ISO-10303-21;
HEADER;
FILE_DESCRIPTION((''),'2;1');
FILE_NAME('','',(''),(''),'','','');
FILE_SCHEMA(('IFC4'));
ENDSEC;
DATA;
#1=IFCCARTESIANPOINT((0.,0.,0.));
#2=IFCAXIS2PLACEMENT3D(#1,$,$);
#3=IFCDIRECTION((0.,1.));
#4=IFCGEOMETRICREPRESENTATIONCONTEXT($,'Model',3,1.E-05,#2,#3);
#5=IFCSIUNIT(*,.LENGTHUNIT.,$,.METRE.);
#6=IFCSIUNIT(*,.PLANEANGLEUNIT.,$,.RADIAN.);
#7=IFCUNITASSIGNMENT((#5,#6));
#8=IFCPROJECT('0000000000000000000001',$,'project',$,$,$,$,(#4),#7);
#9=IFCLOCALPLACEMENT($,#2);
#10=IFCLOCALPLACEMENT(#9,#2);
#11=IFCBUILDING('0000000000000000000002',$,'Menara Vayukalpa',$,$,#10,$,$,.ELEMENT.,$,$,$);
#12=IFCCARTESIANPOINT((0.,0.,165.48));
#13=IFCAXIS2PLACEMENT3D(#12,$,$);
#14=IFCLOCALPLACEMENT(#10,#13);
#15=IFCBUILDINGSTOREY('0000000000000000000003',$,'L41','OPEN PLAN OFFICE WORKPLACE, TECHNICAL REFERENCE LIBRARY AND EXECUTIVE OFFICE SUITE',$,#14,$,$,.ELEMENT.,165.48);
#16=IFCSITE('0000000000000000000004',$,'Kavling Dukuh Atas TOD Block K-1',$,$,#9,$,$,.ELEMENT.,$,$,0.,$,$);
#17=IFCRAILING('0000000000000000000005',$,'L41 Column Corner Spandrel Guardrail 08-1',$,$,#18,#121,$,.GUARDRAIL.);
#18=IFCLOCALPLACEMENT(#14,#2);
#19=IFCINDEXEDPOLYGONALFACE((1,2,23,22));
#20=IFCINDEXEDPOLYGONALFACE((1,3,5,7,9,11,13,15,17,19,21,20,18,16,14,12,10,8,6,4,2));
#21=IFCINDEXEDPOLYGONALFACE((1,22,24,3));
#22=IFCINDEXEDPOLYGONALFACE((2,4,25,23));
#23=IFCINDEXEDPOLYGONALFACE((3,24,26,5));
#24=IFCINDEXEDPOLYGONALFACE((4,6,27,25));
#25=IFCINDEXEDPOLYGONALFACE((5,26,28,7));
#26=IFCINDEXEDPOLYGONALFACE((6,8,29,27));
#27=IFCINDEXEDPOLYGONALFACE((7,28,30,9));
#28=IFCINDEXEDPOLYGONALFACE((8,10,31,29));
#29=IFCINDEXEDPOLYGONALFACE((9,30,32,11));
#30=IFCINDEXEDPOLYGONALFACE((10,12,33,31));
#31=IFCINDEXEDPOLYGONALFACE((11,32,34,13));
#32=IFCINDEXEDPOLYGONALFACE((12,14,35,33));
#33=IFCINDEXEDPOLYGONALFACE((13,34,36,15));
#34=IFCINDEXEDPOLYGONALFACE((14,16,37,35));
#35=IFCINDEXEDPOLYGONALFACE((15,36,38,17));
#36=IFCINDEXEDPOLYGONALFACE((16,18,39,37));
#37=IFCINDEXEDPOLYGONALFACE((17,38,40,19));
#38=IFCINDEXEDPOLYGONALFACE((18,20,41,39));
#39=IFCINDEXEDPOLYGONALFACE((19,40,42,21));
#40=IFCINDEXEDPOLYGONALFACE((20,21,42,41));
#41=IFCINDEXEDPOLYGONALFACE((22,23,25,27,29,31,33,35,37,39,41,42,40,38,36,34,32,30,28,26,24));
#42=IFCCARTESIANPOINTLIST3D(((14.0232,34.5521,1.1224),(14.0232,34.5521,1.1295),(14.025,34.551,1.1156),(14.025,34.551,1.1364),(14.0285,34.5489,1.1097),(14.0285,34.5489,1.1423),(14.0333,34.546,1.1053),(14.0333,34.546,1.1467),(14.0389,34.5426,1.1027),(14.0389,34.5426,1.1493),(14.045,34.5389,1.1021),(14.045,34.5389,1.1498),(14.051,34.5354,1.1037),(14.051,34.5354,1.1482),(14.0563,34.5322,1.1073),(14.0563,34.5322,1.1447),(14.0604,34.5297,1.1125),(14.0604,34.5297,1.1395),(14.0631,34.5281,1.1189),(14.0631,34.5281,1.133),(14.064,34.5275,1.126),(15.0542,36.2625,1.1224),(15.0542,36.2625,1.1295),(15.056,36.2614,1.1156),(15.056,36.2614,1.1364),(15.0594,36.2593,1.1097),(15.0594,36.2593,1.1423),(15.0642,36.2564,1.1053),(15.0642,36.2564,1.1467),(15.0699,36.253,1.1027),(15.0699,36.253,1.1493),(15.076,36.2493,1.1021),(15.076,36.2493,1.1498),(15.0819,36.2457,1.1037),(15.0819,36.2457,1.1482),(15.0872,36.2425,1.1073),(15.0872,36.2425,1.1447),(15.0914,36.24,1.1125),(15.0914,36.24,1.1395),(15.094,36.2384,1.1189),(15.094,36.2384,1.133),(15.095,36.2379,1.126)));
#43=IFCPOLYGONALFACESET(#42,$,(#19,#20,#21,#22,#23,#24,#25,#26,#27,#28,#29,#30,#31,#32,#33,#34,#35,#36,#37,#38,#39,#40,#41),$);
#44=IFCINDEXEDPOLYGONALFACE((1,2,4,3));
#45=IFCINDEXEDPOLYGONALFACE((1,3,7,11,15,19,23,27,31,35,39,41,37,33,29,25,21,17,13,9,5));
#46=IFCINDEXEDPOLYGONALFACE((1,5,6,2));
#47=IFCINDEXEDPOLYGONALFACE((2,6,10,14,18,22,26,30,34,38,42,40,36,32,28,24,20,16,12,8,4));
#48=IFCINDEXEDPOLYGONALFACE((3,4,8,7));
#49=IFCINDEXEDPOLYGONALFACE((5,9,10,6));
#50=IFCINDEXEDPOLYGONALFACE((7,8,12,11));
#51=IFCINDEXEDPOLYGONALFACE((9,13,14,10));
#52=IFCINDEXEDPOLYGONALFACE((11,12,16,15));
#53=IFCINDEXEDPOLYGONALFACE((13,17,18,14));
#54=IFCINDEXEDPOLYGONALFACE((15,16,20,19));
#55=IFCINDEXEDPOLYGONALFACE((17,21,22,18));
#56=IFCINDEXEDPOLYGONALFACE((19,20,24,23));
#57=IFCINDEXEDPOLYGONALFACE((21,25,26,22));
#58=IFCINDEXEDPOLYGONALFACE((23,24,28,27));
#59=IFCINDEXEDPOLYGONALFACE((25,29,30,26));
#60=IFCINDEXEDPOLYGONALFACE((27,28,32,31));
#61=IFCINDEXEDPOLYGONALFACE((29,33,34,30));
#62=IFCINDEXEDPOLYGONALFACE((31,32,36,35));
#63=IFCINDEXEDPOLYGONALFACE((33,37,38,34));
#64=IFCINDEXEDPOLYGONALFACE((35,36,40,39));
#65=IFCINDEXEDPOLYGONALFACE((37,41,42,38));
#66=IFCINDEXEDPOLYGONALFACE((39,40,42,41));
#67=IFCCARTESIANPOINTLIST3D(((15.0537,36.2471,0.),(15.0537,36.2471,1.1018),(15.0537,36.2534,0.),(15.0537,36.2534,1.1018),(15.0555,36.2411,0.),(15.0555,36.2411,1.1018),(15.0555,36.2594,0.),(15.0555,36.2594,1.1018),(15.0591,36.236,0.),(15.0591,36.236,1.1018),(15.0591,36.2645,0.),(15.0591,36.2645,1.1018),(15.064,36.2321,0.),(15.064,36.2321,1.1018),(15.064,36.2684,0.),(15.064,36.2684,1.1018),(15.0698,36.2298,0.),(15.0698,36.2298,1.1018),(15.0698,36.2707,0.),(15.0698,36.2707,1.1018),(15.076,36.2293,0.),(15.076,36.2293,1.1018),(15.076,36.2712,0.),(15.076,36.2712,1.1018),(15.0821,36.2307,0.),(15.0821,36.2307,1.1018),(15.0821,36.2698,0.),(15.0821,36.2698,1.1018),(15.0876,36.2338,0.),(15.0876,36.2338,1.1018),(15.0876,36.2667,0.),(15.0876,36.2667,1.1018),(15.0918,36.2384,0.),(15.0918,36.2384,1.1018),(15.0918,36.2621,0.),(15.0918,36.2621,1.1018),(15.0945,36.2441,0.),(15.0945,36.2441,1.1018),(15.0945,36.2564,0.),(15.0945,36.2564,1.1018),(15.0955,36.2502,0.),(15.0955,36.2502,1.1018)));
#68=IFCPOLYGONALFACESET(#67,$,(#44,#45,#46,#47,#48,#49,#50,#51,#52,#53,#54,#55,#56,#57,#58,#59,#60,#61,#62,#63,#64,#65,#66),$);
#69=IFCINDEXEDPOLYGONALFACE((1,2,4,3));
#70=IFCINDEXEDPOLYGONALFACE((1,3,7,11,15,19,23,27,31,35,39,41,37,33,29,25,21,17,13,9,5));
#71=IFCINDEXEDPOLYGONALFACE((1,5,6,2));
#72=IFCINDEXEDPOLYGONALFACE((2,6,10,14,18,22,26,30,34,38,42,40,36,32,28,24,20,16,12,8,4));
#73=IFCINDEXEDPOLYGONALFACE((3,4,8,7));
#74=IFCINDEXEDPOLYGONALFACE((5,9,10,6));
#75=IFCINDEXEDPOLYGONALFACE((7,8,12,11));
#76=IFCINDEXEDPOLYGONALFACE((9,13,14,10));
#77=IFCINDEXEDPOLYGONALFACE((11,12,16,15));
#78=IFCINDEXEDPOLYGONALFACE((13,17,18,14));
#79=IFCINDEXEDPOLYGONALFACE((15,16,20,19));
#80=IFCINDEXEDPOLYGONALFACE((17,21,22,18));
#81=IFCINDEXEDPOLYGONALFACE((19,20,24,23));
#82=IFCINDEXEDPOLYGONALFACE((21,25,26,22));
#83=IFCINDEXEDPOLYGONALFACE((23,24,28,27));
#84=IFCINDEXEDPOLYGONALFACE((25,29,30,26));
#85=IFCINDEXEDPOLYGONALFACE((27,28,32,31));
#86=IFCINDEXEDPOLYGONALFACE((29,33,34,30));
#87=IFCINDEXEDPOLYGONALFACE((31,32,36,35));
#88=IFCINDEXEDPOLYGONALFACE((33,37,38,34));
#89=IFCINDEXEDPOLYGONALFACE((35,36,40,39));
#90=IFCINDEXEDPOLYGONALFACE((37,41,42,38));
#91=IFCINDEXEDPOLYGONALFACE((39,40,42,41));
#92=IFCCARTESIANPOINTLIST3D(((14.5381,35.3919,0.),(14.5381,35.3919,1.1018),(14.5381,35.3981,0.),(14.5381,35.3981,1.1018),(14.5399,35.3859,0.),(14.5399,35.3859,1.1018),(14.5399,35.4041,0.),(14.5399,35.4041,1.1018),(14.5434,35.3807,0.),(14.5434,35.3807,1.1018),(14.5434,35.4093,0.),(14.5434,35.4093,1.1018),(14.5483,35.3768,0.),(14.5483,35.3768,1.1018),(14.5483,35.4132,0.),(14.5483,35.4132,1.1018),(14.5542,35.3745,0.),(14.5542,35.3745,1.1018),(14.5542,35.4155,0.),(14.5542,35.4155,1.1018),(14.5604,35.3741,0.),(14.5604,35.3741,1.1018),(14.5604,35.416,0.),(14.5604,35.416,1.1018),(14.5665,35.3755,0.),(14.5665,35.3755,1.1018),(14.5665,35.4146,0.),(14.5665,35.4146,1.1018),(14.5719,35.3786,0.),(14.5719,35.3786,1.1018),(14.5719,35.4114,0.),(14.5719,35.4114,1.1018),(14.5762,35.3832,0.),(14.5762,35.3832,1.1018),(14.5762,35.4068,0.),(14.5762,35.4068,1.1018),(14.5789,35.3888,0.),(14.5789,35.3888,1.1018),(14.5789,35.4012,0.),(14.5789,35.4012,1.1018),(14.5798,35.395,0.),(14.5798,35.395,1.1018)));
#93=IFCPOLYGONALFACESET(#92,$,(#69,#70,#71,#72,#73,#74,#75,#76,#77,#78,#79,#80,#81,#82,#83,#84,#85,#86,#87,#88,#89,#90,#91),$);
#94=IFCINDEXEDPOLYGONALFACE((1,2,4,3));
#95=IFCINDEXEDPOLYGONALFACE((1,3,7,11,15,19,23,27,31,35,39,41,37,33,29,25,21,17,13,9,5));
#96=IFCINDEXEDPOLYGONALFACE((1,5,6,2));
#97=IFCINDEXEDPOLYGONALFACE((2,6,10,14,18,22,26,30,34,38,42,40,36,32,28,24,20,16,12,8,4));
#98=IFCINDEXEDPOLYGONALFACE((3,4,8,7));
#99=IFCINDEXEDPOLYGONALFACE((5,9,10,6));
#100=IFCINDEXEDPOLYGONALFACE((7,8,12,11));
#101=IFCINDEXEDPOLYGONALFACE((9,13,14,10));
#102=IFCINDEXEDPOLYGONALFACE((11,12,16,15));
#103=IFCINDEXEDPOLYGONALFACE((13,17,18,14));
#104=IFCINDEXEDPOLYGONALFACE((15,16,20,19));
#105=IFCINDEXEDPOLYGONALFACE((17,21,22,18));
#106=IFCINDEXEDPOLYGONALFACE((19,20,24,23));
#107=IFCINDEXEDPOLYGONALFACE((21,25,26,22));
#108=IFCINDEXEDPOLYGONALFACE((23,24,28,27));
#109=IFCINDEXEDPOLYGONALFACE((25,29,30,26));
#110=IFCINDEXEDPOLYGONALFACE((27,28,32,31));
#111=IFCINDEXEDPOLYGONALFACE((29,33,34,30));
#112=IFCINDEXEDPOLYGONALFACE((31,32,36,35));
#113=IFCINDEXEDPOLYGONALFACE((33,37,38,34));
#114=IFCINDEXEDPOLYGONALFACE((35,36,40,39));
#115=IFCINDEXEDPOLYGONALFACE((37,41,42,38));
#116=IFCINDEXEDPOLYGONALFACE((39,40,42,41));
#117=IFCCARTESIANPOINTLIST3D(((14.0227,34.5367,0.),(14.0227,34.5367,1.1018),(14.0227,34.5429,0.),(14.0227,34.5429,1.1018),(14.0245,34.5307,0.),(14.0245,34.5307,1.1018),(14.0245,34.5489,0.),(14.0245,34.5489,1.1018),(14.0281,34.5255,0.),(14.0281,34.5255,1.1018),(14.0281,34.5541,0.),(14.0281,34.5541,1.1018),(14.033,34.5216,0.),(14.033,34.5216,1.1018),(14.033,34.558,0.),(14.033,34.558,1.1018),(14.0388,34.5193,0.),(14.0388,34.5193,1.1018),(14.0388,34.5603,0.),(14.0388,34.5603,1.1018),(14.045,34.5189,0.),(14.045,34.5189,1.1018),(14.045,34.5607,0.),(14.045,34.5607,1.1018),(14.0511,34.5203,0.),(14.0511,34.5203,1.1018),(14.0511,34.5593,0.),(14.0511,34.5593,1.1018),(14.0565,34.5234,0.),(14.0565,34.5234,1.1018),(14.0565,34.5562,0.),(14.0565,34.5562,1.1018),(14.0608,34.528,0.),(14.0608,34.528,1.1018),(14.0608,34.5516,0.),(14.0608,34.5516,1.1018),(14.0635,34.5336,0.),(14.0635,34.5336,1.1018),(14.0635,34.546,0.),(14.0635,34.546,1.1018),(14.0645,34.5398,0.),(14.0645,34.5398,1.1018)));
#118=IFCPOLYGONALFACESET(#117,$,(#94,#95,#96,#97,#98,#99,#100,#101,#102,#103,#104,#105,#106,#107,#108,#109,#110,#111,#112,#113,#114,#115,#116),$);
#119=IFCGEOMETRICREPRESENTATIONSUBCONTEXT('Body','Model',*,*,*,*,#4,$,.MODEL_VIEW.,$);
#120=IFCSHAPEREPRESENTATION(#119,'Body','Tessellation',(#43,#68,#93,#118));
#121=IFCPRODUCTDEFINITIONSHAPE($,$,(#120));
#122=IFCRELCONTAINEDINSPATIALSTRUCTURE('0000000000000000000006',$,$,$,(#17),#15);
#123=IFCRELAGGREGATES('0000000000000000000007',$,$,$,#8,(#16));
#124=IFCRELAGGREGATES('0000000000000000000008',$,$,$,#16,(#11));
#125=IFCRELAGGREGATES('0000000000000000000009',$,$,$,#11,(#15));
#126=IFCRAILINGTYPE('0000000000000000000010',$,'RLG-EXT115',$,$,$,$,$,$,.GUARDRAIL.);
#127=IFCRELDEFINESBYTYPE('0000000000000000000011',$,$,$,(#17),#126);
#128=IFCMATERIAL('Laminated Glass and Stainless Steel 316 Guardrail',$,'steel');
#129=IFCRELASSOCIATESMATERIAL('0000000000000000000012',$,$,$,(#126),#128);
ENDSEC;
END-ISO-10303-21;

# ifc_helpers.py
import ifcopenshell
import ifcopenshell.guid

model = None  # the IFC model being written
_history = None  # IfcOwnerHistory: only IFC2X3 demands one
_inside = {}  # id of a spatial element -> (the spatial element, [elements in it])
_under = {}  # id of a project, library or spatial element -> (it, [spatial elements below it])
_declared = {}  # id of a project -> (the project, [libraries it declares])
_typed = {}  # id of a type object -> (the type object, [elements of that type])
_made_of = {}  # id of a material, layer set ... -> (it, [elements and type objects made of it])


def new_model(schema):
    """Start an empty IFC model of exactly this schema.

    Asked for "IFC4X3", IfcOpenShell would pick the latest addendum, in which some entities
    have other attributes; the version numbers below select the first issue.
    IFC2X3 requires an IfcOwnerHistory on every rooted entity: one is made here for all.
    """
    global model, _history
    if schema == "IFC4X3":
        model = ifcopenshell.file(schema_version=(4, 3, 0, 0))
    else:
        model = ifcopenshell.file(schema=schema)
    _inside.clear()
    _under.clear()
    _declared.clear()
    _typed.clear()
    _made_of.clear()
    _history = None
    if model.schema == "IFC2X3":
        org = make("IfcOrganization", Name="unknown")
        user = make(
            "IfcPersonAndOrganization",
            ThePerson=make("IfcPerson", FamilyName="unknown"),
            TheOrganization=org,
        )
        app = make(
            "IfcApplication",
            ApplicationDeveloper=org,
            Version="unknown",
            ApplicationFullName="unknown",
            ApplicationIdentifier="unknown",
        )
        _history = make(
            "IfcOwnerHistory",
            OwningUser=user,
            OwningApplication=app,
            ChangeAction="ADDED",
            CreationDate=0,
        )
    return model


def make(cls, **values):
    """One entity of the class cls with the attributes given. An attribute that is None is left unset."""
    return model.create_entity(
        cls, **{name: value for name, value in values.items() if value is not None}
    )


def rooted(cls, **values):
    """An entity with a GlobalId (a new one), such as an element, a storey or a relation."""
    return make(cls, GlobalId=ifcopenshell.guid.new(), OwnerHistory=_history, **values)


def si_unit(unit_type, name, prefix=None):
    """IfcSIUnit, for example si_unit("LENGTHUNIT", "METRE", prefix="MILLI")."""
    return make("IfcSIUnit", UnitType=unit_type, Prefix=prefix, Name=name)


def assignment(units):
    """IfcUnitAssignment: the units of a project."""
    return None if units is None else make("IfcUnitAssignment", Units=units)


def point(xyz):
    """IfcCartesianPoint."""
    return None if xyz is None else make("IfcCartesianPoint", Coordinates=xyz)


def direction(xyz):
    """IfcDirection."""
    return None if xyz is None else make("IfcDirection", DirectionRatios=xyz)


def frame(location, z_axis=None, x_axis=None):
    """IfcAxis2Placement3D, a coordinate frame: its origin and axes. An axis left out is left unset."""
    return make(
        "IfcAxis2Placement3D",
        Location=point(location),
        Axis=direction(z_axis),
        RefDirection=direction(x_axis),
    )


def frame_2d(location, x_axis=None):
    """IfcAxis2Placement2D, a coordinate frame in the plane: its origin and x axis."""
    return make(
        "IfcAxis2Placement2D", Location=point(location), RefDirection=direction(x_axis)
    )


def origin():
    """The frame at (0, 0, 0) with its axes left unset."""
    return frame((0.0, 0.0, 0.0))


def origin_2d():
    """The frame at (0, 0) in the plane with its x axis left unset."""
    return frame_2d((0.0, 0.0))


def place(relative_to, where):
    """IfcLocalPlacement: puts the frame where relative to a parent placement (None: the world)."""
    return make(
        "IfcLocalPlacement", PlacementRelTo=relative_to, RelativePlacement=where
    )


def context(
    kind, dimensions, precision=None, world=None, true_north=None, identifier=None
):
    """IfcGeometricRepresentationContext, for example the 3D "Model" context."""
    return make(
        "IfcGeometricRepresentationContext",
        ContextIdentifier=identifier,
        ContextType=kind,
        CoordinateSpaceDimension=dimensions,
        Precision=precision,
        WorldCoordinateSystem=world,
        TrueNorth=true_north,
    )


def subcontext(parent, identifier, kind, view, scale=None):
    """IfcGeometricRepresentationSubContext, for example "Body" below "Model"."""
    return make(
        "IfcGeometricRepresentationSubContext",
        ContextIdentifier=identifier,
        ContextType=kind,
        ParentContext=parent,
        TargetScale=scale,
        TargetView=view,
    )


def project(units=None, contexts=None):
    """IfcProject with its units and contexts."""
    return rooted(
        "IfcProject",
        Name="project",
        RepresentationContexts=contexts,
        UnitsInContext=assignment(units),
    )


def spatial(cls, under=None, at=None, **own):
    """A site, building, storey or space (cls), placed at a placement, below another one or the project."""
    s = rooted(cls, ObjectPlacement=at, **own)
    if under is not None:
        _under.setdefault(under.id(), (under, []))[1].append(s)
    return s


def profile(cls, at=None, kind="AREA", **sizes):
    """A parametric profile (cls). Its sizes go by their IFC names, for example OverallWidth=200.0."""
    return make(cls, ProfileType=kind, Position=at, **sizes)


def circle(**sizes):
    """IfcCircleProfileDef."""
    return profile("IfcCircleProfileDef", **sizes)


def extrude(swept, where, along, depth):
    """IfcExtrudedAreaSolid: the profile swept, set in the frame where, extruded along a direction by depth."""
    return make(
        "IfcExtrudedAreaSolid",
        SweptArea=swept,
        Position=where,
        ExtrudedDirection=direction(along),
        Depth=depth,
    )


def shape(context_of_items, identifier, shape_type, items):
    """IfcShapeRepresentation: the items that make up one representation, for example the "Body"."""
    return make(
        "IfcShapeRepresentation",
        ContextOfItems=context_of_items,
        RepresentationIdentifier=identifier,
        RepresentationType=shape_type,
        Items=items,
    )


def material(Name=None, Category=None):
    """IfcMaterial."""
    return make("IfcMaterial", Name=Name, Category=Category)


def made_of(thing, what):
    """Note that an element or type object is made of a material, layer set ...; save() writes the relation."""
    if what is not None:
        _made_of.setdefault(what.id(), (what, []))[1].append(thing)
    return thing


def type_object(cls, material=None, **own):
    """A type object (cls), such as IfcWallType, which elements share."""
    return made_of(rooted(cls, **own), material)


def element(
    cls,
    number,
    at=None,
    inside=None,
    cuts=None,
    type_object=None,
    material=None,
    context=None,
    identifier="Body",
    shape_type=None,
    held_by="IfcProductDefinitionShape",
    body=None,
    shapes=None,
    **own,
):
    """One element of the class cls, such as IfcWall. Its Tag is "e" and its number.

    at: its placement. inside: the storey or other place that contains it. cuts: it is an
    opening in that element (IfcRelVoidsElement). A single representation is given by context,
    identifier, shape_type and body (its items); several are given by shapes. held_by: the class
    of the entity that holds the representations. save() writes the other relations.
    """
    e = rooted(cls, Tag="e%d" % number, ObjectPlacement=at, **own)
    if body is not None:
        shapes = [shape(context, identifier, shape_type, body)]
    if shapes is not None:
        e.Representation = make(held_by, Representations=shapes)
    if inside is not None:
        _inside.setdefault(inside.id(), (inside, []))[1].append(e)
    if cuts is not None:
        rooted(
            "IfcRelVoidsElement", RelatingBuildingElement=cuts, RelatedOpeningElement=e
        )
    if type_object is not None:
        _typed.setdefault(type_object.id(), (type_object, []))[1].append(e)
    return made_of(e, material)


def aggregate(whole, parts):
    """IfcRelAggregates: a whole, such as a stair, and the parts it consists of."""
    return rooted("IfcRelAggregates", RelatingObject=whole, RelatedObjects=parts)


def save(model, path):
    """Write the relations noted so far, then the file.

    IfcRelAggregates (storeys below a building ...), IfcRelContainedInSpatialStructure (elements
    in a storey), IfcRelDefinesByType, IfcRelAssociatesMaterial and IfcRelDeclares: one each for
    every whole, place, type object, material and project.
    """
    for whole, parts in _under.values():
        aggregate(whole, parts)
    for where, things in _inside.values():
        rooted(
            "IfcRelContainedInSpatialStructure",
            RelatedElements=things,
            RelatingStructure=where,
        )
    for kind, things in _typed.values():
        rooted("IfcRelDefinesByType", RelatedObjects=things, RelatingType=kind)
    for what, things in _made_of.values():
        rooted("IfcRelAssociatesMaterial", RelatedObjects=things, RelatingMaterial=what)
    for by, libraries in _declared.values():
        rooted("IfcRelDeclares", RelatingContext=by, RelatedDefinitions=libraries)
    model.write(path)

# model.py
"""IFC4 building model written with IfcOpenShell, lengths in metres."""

from ifc_helpers import new_model, si_unit, direction, frame, origin, origin_2d, place, context, subcontext, project, spatial, circle, extrude, material, type_object, element, save


model = new_model("IFC4")

# Units and contexts
model_context = context("Model", 3, precision=1e-05, world=origin(), true_north=direction((0.0, 1.0)))
body_context = subcontext(model_context, "Body", "Model", "MODEL_VIEW")
ifc_project = project(units=[si_unit("LENGTHUNIT", "METRE"), si_unit("PLANEANGLEUNIT", "RADIAN")], contexts=[model_context])

# Site, building, storey
site_placement = place(None, origin())
site = spatial("IfcSite", under=ifc_project, at=site_placement, Name="Kavling Dukuh Atas TOD Block K-1", CompositionType="ELEMENT", RefElevation=0.0)
building_placement = place(site_placement, origin())
building = spatial("IfcBuilding", under=site, at=building_placement, Name="Menara Vayukalpa", CompositionType="ELEMENT")
storey_placement = place(building_placement, frame((0.0, 0.0, 165.48)))
storey = spatial("IfcBuildingStorey", under=building, at=storey_placement, Name="L41", Description="OPEN PLAN OFFICE WORKPLACE, TECHNICAL REFERENCE LIBRARY AND EXECUTIVE OFFICE SUITE", CompositionType="ELEMENT", Elevation=165.48)

# Railing
ifc_material_1 = material(Name="Laminated Glass and Stainless Steel 316 Guardrail", Category="steel")
railing_type = type_object("IfcRailingType", Name="RLG-EXT115", PredefinedType="GUARDRAIL", material=ifc_material_1)
railing_1_placement = place(storey_placement, frame((15.0745, 36.2502, 0.0)))
element("IfcRailing", 1, at=railing_1_placement, inside=storey, type_object=railing_type, Name="L41 Column Corner Spandrel Guardrail 08-1", PredefinedType="GUARDRAIL", context=body_context, shape_type="SweptSolid", body=[
    extrude(circle(Radius=0.0239, at=origin_2d()), frame((0.0, 0.0, 1.126), z_axis=(-0.516238, -0.856445, 0.0), x_axis=(0.856445, -0.516238, 0.0)), (0.0, 0.0, 1.0), 1.9971),
    extrude(circle(Radius=0.021, at=origin_2d()), origin(), (0.0, 0.0, 1.0), 1.1018),
    extrude(circle(Radius=0.021, at=origin_2d()), frame((-0.5156, -0.8552, 0.0)), (0.0, 0.0, 1.0), 1.1018),
    extrude(circle(Radius=0.021, at=origin_2d()), frame((-1.031, -1.7104, 0.0)), (0.0, 0.0, 1.0), 1.1018),
])

save(model, "model.ifc")
